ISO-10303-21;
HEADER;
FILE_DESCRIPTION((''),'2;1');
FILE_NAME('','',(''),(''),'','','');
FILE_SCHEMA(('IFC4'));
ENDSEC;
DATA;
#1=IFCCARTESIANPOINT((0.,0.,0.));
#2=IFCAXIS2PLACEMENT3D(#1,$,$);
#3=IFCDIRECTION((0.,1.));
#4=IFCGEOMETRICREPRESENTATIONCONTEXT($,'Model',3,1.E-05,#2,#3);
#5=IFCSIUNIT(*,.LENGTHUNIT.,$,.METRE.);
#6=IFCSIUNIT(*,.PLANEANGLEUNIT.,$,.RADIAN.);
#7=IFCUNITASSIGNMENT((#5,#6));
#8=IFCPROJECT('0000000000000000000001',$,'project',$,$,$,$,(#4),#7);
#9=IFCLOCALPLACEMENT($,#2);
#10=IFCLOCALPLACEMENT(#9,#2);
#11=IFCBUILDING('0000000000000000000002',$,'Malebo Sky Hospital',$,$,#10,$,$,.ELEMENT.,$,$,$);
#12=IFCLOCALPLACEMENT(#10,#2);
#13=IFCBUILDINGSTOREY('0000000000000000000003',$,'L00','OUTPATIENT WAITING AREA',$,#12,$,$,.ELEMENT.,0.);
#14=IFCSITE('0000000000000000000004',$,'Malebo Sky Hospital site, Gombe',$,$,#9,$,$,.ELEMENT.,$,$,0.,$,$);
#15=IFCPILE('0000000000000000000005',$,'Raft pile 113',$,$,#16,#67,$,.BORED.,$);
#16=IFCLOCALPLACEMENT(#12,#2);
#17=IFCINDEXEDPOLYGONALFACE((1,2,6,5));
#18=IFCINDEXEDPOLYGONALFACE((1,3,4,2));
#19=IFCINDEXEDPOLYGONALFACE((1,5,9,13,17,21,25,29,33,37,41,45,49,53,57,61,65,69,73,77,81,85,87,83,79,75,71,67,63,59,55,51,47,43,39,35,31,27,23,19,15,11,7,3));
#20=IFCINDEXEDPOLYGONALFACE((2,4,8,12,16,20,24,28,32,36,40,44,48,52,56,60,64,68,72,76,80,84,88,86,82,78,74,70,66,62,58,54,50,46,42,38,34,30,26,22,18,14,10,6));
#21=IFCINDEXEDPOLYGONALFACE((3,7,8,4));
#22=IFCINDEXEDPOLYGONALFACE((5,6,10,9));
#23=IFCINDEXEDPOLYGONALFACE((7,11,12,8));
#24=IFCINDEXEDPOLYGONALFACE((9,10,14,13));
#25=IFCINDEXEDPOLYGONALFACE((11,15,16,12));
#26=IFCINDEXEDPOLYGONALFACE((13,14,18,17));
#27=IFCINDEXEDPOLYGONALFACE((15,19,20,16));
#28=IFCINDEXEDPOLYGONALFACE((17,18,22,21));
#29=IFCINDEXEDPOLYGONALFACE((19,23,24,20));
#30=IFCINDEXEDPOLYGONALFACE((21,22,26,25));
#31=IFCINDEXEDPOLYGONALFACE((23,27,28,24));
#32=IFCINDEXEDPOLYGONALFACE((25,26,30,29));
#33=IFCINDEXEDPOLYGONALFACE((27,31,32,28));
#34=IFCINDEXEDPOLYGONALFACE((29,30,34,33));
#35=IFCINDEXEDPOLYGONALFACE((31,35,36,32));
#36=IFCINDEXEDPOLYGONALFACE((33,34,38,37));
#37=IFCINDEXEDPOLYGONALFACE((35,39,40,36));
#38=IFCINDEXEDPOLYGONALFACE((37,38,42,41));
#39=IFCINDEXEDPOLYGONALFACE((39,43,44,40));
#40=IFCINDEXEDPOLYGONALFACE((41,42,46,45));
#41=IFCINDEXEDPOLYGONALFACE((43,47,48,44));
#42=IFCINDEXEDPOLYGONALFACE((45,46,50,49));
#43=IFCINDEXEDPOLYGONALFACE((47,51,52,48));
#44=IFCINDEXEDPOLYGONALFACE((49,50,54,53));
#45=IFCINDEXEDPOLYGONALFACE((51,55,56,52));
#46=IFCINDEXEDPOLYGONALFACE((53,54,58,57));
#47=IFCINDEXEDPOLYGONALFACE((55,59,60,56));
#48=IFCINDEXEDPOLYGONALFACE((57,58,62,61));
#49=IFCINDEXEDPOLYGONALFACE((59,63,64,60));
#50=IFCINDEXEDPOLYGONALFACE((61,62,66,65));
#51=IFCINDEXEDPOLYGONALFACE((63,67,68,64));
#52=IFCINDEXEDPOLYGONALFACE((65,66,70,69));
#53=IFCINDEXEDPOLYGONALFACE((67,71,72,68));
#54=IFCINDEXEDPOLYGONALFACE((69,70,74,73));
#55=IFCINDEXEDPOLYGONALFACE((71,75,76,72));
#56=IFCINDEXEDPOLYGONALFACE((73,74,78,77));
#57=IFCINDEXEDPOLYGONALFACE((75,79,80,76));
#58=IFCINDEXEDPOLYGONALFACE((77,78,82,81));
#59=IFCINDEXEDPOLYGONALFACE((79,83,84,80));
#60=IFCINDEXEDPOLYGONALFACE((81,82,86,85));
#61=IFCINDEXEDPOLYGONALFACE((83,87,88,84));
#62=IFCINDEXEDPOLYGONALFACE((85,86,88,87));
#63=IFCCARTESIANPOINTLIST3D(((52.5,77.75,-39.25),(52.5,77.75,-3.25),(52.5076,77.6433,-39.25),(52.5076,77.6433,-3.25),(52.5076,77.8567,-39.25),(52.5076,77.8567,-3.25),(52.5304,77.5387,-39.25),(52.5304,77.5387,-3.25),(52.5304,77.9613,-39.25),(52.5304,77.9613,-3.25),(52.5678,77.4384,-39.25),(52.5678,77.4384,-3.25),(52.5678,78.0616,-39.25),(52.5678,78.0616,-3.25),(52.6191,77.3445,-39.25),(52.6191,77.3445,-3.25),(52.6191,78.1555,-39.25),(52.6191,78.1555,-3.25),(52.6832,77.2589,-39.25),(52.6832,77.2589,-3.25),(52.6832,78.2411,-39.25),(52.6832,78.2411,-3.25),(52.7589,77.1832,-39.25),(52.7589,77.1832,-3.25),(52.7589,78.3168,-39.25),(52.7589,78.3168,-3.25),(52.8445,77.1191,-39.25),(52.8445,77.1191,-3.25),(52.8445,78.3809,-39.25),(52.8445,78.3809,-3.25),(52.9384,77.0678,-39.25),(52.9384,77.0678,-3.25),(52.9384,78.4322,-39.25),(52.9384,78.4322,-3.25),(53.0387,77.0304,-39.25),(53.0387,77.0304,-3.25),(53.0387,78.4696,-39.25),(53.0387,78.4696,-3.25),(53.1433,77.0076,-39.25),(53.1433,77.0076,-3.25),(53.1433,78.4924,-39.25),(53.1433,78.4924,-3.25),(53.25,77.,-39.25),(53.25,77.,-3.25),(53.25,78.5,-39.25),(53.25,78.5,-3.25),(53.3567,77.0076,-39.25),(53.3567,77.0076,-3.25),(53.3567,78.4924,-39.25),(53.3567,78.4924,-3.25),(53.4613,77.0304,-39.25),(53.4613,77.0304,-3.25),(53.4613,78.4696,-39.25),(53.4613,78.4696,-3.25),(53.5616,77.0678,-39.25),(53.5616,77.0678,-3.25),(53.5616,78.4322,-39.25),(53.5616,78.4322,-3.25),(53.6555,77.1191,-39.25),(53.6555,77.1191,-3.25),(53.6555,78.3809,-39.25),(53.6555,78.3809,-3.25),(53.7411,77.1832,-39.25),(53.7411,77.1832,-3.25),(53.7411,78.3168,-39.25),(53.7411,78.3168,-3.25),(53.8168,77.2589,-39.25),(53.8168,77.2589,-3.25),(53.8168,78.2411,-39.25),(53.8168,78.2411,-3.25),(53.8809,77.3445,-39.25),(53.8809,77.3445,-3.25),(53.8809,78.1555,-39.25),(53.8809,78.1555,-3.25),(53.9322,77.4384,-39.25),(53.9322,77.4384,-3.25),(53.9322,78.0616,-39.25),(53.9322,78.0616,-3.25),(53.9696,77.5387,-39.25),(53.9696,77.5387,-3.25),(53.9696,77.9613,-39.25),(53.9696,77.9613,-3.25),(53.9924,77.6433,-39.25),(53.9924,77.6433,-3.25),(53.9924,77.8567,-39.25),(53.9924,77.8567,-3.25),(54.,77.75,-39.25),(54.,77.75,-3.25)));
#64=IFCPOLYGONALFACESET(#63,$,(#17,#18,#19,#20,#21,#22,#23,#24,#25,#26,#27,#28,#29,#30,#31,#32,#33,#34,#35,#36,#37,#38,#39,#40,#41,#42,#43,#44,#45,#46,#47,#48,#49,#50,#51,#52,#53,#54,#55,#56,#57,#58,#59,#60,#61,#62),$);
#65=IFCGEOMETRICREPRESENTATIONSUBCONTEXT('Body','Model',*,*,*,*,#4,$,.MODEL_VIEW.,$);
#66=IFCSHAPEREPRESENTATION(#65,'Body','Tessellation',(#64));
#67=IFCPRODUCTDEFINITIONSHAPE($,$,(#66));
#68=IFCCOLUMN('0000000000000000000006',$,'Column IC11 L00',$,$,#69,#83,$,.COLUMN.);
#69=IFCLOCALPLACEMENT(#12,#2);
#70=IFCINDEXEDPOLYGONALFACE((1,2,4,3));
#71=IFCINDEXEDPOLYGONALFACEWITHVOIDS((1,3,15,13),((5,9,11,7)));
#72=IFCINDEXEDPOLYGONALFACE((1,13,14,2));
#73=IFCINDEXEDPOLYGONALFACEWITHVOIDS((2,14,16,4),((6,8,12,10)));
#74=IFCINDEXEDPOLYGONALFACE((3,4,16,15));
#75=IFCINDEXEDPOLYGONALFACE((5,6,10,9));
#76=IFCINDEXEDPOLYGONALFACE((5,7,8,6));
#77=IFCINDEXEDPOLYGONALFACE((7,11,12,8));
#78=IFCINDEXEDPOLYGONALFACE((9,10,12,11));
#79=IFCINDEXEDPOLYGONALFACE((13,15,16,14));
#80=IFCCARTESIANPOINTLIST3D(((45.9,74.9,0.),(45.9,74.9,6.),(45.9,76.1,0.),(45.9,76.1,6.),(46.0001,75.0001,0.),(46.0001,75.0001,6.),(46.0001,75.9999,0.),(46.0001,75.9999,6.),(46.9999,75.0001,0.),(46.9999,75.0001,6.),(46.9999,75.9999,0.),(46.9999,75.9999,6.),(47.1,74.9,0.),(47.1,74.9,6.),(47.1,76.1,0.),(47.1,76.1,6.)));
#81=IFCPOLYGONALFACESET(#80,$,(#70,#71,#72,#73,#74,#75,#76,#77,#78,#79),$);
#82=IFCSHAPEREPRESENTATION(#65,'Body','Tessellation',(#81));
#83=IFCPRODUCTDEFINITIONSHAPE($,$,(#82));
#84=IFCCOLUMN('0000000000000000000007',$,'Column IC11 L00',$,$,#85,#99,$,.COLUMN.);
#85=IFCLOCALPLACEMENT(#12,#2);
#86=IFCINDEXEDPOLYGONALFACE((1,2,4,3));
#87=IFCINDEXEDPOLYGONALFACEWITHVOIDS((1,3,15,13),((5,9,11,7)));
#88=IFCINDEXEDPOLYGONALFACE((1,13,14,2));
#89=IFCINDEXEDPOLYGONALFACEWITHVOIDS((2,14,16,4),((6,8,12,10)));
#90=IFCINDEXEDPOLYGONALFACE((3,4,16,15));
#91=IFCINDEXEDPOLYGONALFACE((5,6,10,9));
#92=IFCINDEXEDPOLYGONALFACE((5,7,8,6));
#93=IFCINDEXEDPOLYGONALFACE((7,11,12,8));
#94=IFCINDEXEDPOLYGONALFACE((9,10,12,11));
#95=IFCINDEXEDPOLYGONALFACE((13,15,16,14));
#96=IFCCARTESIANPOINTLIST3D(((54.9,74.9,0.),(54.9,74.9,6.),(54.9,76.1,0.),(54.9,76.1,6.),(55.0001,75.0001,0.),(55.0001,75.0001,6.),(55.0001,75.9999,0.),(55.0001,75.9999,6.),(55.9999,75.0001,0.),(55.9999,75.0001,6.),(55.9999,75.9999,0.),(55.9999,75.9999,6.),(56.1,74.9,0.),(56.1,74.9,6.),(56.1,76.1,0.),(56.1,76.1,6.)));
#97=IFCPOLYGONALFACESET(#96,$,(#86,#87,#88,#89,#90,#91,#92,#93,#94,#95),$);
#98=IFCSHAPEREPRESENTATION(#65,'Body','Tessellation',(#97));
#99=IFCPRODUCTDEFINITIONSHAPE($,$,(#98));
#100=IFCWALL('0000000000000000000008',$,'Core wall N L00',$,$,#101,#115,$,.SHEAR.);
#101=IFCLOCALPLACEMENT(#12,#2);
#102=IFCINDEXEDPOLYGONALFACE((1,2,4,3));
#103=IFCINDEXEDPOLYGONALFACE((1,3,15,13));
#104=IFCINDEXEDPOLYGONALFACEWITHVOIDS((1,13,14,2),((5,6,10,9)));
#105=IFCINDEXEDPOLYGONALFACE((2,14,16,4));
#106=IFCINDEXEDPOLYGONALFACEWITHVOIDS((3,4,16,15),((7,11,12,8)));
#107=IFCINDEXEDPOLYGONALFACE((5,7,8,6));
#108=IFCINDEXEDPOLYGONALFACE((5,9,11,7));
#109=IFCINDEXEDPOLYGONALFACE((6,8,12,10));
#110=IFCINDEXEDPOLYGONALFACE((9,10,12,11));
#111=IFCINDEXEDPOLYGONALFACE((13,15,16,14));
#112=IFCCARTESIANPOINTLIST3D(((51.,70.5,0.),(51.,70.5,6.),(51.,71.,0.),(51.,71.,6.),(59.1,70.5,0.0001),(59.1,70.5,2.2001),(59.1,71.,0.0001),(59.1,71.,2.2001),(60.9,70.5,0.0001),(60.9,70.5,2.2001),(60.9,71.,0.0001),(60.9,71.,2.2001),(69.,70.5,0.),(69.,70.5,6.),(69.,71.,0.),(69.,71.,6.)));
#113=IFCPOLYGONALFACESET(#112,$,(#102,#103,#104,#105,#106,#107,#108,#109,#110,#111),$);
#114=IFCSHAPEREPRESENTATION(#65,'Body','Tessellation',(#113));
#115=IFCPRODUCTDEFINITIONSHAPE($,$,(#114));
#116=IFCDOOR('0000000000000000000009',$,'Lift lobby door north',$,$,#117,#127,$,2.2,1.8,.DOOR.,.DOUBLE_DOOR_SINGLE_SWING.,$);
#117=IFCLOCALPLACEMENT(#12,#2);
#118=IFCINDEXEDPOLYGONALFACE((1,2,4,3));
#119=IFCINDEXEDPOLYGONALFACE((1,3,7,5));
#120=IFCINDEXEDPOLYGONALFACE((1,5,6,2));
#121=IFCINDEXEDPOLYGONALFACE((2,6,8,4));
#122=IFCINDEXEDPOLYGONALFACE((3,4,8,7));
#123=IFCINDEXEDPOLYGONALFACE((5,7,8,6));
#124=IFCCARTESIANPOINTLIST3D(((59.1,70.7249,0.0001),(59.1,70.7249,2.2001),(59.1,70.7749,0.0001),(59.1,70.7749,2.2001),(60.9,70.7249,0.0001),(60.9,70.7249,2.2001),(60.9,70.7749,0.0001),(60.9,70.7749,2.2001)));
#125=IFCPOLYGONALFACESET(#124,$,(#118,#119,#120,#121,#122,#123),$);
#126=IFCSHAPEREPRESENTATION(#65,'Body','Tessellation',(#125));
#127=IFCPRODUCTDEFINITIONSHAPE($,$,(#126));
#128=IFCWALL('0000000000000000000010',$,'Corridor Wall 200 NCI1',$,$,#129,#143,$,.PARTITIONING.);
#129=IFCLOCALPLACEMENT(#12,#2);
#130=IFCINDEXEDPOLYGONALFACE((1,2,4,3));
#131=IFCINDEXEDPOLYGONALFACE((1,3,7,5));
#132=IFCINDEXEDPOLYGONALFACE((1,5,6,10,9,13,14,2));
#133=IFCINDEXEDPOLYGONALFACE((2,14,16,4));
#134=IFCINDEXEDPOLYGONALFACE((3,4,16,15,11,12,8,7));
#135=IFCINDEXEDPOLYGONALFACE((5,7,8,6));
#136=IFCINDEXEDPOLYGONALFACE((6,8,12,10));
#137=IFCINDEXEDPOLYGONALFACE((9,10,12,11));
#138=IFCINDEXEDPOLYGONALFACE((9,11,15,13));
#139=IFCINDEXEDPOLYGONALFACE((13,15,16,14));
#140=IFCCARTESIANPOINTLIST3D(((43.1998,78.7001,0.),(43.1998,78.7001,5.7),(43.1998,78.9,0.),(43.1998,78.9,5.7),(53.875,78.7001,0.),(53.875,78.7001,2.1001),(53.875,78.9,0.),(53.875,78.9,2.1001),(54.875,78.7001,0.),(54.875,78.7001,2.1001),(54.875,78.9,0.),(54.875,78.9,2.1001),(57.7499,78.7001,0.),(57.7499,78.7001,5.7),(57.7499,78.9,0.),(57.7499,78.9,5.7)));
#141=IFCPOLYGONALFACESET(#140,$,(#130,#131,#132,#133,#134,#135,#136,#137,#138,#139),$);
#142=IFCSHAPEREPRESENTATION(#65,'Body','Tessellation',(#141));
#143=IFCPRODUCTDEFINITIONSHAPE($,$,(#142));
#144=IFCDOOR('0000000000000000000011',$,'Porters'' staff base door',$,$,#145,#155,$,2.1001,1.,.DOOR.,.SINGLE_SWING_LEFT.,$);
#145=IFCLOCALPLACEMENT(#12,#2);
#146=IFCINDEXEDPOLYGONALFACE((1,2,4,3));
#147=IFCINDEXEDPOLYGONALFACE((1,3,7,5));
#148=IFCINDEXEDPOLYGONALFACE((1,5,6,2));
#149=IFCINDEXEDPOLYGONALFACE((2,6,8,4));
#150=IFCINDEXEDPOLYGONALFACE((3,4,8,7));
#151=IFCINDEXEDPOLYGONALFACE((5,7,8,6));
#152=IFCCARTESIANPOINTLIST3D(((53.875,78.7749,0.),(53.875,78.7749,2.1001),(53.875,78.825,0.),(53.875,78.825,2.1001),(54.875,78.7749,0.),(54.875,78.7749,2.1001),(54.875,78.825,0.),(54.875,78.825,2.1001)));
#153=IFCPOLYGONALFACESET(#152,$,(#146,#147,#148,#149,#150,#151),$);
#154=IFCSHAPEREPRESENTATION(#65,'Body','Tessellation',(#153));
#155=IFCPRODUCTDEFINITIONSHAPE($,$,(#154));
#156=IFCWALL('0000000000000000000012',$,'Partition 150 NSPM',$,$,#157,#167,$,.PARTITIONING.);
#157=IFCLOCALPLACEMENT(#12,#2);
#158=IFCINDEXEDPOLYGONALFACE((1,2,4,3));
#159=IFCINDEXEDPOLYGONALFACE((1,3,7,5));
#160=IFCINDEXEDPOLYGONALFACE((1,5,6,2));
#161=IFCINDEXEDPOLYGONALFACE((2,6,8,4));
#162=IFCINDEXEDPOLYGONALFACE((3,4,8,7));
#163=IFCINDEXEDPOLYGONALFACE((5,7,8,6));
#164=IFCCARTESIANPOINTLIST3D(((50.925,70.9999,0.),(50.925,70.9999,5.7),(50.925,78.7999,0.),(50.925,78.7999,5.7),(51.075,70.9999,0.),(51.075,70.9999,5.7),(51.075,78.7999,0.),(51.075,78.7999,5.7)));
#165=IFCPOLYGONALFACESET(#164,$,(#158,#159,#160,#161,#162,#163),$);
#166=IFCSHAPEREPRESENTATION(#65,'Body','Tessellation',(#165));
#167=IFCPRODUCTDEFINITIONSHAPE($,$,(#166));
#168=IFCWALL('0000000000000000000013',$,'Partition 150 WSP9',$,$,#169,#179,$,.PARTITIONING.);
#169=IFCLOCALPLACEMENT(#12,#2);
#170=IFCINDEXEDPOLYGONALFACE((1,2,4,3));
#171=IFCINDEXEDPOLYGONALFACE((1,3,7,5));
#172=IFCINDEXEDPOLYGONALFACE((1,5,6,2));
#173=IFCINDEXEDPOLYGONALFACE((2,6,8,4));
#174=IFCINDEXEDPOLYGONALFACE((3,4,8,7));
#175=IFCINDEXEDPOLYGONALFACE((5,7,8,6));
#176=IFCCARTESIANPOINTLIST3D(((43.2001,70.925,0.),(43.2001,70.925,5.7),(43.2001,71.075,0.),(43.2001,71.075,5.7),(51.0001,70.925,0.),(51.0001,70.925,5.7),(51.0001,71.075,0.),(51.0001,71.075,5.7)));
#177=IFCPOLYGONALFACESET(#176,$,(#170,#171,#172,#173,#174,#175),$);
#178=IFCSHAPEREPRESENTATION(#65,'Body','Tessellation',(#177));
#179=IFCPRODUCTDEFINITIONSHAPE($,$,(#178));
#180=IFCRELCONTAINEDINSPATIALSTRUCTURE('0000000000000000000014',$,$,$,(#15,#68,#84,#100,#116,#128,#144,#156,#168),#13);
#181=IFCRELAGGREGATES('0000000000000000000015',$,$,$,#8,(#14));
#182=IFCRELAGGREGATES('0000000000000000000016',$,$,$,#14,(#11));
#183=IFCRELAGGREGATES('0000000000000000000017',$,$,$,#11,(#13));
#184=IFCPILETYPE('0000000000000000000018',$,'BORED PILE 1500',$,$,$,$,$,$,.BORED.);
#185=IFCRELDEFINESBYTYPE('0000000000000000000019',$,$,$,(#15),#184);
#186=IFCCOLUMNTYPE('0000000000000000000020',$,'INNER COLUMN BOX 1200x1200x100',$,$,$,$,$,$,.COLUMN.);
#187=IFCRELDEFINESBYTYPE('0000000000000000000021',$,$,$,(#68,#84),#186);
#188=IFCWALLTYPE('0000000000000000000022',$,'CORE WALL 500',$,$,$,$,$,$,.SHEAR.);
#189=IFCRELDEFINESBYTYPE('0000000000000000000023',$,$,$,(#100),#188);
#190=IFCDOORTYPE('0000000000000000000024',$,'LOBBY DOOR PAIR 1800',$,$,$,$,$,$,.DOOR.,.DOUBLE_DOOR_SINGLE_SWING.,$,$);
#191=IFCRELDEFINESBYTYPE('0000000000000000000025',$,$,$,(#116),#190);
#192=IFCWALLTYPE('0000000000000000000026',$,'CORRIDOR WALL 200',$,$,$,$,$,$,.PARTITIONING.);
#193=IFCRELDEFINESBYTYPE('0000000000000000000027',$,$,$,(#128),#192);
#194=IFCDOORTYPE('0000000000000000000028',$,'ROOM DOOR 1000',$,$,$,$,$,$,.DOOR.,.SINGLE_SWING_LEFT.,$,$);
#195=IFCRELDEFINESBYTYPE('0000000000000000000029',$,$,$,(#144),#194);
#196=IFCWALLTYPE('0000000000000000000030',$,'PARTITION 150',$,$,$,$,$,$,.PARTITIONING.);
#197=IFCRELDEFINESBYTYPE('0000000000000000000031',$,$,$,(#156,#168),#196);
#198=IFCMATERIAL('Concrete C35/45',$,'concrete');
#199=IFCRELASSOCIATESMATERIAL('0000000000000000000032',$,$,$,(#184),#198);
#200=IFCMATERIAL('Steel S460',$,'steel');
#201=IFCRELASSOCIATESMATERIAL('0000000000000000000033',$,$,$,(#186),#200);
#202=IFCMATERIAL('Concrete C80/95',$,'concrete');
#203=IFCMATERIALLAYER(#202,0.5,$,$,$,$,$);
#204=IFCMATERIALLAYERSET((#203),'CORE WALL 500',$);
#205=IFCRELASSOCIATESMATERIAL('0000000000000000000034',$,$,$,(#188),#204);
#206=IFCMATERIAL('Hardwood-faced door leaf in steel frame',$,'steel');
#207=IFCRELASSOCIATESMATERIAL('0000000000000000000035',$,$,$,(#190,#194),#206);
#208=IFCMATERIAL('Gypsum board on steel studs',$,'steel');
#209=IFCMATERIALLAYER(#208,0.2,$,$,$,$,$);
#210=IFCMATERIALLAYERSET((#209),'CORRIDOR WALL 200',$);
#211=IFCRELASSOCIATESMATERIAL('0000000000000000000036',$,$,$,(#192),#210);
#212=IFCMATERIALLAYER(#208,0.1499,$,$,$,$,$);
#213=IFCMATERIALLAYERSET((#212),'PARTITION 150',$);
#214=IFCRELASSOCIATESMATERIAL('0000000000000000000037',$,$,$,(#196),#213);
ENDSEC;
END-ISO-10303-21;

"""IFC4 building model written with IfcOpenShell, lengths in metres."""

from ifc_helpers import new_model, si_unit, direction, frame, frame_2d, origin, origin_2d, place, context, subcontext, project, spatial, rectangle, hollow_rectangle, circle, extrude, material, layer, layer_set, material_profile, profile_set, type_object, element, fill, save


model = new_model("IFC4")

# Units and contexts
model_context = context("Model", 3, precision=1e-05, world=origin(), true_north=direction((0.0, 1.0)))
body_context = subcontext(model_context, "Body", "Model", "MODEL_VIEW")
ifc_project = project(units=[si_unit("LENGTHUNIT", "METRE"), si_unit("PLANEANGLEUNIT", "RADIAN")], contexts=[model_context])

# Site, building, storey
site_placement = place(None, origin())
site = spatial("IfcSite", under=ifc_project, at=site_placement, Name="Malebo Sky Hospital site, Gombe", CompositionType="ELEMENT", RefElevation=0.0)
building_placement = place(site_placement, origin())
building = spatial("IfcBuilding", under=site, at=building_placement, Name="Malebo Sky Hospital", CompositionType="ELEMENT")
storey_placement = place(building_placement, origin())
storey = spatial("IfcBuildingStorey", under=building, at=storey_placement, Name="L00", Description="OUTPATIENT WAITING AREA", CompositionType="ELEMENT", Elevation=0.0)

# Pile
ifc_material_1 = material(Name="Concrete C35/45", Category="concrete")
ifc_material_profile_1 = material_profile(ifc_material_1, circle(Radius=0.75, at=origin_2d()), Name="BP 1500")
ifc_profile_set_1 = profile_set([ifc_material_profile_1], Name="Concrete C35/45")
pile_type = type_object("IfcPileType", Name="BORED PILE 1500", PredefinedType="BORED", material=ifc_profile_set_1)
for number, where, z_axis, x_axis, name in (
    (1, (53.25, 77.75, -3.25), (0.0, 0.0, -1.0), (1.0, 0.0, 0.0), "Raft pile 113"),
):
    element("IfcPile", number, at=place(storey_placement, frame(where, z_axis=z_axis, x_axis=x_axis)), inside=storey, type_object=pile_type, Name=name, PredefinedType="BORED", context=body_context, shape_type="SweptSolid", body=[
        extrude(circle(Radius=0.75, at=origin_2d()), origin(), (0.0, 0.0, 1.0), 36.0),
    ])

# Columns
ifc_material_2 = material(Name="Steel S460", Category="steel")
ifc_material_profile_2 = material_profile(ifc_material_2, hollow_rectangle(XDim=1.2, YDim=1.2, WallThickness=0.1001, at=origin_2d()), Name="BOX 1200x1200x100")
ifc_profile_set_2 = profile_set([ifc_material_profile_2], Name="Steel S460")
column_type = type_object("IfcColumnType", Name="INNER COLUMN BOX 1200x1200x100", PredefinedType="COLUMN", material=ifc_profile_set_2)
for number, where, z_axis, x_axis, name in (
    (2, (46.5, 75.5, 0.0), (0.0, 0.0, 1.0), (1.0, 0.0, 0.0), "Column IC11 L00"),
    (3, (55.5, 75.5, 0.0), (0.0, 0.0, 1.0), (1.0, 0.0, 0.0), "Column IC11 L00"),
):
    element("IfcColumn", number, at=place(storey_placement, frame(where, z_axis=z_axis, x_axis=x_axis)), inside=storey, type_object=column_type, Name=name, PredefinedType="COLUMN", context=body_context, shape_type="SweptSolid", body=[
        extrude(hollow_rectangle(XDim=1.2, YDim=1.2, WallThickness=0.1001, at=origin_2d()), origin(), (0.0, 0.0, 1.0), 6.0),
    ])

# Walls, openings, doors
ifc_material_3 = material(Name="Concrete C80/95", Category="concrete")
ifc_layer_1 = layer(ifc_material_3, 0.5)
ifc_layer_set_1 = layer_set([ifc_layer_1], Name="CORE WALL 500")
wall_type_1 = type_object("IfcWallType", Name="CORE WALL 500", PredefinedType="SHEAR", material=ifc_layer_set_1)
wall_1_placement = place(storey_placement, frame((51.0, 70.75, 0.0), z_axis=(0.0, 0.0, 1.0), x_axis=(1.0, 0.0, 0.0)))
wall_1 = element("IfcWall", 4, at=wall_1_placement, inside=storey, type_object=wall_type_1, Name="Core wall N L00", PredefinedType="SHEAR", context=body_context, shape_type="SweptSolid", body=[
    extrude(rectangle(XDim=18.0, YDim=0.5, at=frame_2d((9.0, 0.0))), origin(), (0.0, 0.0, 1.0), 6.0),
])
opening_1_placement = place(wall_1_placement, frame((8.1001, 0.0, 0.0)))
opening_1 = element("IfcOpeningElement", 5, at=opening_1_placement, cuts=wall_1, PredefinedType="OPENING", context=body_context, shape_type="SweptSolid", body=[
    extrude(rectangle(XDim=1.8, YDim=2.2, at=frame_2d((0.8999, 1.1001))), frame((0.0, 0.26, 0.0), z_axis=(0.0, -1.0, 0.0), x_axis=(1.0, 0.0, 0.0)), (0.0, 0.0, 1.0), 0.52),
])
ifc_material_4 = material(Name="Hardwood-faced door leaf in steel frame", Category="steel")
door_type_1 = type_object("IfcDoorType", Name="LOBBY DOOR PAIR 1800", OperationType="DOUBLE_DOOR_SINGLE_SWING", PredefinedType="DOOR", material=ifc_material_4)
door_1_placement = place(opening_1_placement, origin())
door_1 = element("IfcDoor", 6, at=door_1_placement, inside=storey, type_object=door_type_1, Name="Lift lobby door north", OperationType="DOUBLE_DOOR_SINGLE_SWING", OverallHeight=2.2, OverallWidth=1.8, PredefinedType="DOOR", context=body_context, shape_type="SweptSolid", body=[
    extrude(rectangle(XDim=1.8, YDim=2.2, at=frame_2d((0.8999, 1.1001))), frame((0.0, 0.0249, 0.0), z_axis=(0.0, -1.0, 0.0), x_axis=(1.0, 0.0, 0.0)), (0.0, 0.0, 1.0), 0.05),
])
fill(opening_1, door_1)
ifc_material_5 = material(Name="Gypsum board on steel studs", Category="steel")
ifc_layer_2 = layer(ifc_material_5, 0.2)
ifc_layer_set_2 = layer_set([ifc_layer_2], Name="CORRIDOR WALL 200")
wall_type_2 = type_object("IfcWallType", Name="CORRIDOR WALL 200", PredefinedType="PARTITIONING", material=ifc_layer_set_2)
wall_2_placement = place(storey_placement, frame((43.2, 78.8, 0.0), z_axis=(0.0, 0.0, 1.0), x_axis=(1.0, 0.0, 0.0)))
wall_2 = element("IfcWall", 7, at=wall_2_placement, inside=storey, type_object=wall_type_2, Name="Corridor Wall 200 NCI1", PredefinedType="PARTITIONING", context=body_context, shape_type="SweptSolid", body=[
    extrude(rectangle(XDim=14.55, YDim=0.2, at=frame_2d((7.2749, 0.0))), origin(), (0.0, 0.0, 1.0), 5.7),
])
opening_2_placement = place(wall_2_placement, frame((10.675, 0.0, 0.0)))
opening_2 = element("IfcOpeningElement", 8, at=opening_2_placement, cuts=wall_2, PredefinedType="OPENING", context=body_context, shape_type="SweptSolid", body=[
    extrude(rectangle(XDim=1.0, YDim=2.1001, at=frame_2d((0.5, 1.05))), frame((0.0, 0.1099, 0.0), z_axis=(0.0, -1.0, 0.0), x_axis=(1.0, 0.0, 0.0)), (0.0, 0.0, 1.0), 0.22),
])
door_type_2 = type_object("IfcDoorType", Name="ROOM DOOR 1000", OperationType="SINGLE_SWING_LEFT", PredefinedType="DOOR", material=ifc_material_4)
door_2_placement = place(opening_2_placement, origin())
door_2 = element("IfcDoor", 9, at=door_2_placement, inside=storey, type_object=door_type_2, Name="Porters' staff base door", OperationType="SINGLE_SWING_LEFT", OverallHeight=2.1001, OverallWidth=1.0, PredefinedType="DOOR", context=body_context, shape_type="SweptSolid", body=[
    extrude(rectangle(XDim=1.0, YDim=2.1001, at=frame_2d((0.5, 1.05))), frame((0.0, 0.0249, 0.0), z_axis=(0.0, -1.0, 0.0), x_axis=(1.0, 0.0, 0.0)), (0.0, 0.0, 1.0), 0.05),
])
fill(opening_2, door_2)

# Walls
ifc_layer_3 = layer(ifc_material_5, 0.1499)
ifc_layer_set_3 = layer_set([ifc_layer_3], Name="PARTITION 150")
wall_type_3 = type_object("IfcWallType", Name="PARTITION 150", PredefinedType="PARTITIONING", material=ifc_layer_set_3)
for number, where, z_axis, x_axis, name in (
    (10, (51.0, 71.0, 0.0), (0.0, 0.0, 1.0), (0.0, 1.0, 0.0), "Partition 150 NSPM"),
    (11, (51.0, 71.0, 0.0), (0.0, 0.0, 1.0), (-1.0, 0.0, 0.0), "Partition 150 WSP9"),
):
    element("IfcWall", number, at=place(storey_placement, frame(where, z_axis=z_axis, x_axis=x_axis)), inside=storey, type_object=wall_type_3, Name=name, PredefinedType="PARTITIONING", context=body_context, shape_type="SweptSolid", body=[
        extrude(rectangle(XDim=7.8, YDim=0.1499, at=frame_2d((3.8999, 0.0))), origin(), (0.0, 0.0, 1.0), 5.7),
    ])

save(model, "model.ifc")
